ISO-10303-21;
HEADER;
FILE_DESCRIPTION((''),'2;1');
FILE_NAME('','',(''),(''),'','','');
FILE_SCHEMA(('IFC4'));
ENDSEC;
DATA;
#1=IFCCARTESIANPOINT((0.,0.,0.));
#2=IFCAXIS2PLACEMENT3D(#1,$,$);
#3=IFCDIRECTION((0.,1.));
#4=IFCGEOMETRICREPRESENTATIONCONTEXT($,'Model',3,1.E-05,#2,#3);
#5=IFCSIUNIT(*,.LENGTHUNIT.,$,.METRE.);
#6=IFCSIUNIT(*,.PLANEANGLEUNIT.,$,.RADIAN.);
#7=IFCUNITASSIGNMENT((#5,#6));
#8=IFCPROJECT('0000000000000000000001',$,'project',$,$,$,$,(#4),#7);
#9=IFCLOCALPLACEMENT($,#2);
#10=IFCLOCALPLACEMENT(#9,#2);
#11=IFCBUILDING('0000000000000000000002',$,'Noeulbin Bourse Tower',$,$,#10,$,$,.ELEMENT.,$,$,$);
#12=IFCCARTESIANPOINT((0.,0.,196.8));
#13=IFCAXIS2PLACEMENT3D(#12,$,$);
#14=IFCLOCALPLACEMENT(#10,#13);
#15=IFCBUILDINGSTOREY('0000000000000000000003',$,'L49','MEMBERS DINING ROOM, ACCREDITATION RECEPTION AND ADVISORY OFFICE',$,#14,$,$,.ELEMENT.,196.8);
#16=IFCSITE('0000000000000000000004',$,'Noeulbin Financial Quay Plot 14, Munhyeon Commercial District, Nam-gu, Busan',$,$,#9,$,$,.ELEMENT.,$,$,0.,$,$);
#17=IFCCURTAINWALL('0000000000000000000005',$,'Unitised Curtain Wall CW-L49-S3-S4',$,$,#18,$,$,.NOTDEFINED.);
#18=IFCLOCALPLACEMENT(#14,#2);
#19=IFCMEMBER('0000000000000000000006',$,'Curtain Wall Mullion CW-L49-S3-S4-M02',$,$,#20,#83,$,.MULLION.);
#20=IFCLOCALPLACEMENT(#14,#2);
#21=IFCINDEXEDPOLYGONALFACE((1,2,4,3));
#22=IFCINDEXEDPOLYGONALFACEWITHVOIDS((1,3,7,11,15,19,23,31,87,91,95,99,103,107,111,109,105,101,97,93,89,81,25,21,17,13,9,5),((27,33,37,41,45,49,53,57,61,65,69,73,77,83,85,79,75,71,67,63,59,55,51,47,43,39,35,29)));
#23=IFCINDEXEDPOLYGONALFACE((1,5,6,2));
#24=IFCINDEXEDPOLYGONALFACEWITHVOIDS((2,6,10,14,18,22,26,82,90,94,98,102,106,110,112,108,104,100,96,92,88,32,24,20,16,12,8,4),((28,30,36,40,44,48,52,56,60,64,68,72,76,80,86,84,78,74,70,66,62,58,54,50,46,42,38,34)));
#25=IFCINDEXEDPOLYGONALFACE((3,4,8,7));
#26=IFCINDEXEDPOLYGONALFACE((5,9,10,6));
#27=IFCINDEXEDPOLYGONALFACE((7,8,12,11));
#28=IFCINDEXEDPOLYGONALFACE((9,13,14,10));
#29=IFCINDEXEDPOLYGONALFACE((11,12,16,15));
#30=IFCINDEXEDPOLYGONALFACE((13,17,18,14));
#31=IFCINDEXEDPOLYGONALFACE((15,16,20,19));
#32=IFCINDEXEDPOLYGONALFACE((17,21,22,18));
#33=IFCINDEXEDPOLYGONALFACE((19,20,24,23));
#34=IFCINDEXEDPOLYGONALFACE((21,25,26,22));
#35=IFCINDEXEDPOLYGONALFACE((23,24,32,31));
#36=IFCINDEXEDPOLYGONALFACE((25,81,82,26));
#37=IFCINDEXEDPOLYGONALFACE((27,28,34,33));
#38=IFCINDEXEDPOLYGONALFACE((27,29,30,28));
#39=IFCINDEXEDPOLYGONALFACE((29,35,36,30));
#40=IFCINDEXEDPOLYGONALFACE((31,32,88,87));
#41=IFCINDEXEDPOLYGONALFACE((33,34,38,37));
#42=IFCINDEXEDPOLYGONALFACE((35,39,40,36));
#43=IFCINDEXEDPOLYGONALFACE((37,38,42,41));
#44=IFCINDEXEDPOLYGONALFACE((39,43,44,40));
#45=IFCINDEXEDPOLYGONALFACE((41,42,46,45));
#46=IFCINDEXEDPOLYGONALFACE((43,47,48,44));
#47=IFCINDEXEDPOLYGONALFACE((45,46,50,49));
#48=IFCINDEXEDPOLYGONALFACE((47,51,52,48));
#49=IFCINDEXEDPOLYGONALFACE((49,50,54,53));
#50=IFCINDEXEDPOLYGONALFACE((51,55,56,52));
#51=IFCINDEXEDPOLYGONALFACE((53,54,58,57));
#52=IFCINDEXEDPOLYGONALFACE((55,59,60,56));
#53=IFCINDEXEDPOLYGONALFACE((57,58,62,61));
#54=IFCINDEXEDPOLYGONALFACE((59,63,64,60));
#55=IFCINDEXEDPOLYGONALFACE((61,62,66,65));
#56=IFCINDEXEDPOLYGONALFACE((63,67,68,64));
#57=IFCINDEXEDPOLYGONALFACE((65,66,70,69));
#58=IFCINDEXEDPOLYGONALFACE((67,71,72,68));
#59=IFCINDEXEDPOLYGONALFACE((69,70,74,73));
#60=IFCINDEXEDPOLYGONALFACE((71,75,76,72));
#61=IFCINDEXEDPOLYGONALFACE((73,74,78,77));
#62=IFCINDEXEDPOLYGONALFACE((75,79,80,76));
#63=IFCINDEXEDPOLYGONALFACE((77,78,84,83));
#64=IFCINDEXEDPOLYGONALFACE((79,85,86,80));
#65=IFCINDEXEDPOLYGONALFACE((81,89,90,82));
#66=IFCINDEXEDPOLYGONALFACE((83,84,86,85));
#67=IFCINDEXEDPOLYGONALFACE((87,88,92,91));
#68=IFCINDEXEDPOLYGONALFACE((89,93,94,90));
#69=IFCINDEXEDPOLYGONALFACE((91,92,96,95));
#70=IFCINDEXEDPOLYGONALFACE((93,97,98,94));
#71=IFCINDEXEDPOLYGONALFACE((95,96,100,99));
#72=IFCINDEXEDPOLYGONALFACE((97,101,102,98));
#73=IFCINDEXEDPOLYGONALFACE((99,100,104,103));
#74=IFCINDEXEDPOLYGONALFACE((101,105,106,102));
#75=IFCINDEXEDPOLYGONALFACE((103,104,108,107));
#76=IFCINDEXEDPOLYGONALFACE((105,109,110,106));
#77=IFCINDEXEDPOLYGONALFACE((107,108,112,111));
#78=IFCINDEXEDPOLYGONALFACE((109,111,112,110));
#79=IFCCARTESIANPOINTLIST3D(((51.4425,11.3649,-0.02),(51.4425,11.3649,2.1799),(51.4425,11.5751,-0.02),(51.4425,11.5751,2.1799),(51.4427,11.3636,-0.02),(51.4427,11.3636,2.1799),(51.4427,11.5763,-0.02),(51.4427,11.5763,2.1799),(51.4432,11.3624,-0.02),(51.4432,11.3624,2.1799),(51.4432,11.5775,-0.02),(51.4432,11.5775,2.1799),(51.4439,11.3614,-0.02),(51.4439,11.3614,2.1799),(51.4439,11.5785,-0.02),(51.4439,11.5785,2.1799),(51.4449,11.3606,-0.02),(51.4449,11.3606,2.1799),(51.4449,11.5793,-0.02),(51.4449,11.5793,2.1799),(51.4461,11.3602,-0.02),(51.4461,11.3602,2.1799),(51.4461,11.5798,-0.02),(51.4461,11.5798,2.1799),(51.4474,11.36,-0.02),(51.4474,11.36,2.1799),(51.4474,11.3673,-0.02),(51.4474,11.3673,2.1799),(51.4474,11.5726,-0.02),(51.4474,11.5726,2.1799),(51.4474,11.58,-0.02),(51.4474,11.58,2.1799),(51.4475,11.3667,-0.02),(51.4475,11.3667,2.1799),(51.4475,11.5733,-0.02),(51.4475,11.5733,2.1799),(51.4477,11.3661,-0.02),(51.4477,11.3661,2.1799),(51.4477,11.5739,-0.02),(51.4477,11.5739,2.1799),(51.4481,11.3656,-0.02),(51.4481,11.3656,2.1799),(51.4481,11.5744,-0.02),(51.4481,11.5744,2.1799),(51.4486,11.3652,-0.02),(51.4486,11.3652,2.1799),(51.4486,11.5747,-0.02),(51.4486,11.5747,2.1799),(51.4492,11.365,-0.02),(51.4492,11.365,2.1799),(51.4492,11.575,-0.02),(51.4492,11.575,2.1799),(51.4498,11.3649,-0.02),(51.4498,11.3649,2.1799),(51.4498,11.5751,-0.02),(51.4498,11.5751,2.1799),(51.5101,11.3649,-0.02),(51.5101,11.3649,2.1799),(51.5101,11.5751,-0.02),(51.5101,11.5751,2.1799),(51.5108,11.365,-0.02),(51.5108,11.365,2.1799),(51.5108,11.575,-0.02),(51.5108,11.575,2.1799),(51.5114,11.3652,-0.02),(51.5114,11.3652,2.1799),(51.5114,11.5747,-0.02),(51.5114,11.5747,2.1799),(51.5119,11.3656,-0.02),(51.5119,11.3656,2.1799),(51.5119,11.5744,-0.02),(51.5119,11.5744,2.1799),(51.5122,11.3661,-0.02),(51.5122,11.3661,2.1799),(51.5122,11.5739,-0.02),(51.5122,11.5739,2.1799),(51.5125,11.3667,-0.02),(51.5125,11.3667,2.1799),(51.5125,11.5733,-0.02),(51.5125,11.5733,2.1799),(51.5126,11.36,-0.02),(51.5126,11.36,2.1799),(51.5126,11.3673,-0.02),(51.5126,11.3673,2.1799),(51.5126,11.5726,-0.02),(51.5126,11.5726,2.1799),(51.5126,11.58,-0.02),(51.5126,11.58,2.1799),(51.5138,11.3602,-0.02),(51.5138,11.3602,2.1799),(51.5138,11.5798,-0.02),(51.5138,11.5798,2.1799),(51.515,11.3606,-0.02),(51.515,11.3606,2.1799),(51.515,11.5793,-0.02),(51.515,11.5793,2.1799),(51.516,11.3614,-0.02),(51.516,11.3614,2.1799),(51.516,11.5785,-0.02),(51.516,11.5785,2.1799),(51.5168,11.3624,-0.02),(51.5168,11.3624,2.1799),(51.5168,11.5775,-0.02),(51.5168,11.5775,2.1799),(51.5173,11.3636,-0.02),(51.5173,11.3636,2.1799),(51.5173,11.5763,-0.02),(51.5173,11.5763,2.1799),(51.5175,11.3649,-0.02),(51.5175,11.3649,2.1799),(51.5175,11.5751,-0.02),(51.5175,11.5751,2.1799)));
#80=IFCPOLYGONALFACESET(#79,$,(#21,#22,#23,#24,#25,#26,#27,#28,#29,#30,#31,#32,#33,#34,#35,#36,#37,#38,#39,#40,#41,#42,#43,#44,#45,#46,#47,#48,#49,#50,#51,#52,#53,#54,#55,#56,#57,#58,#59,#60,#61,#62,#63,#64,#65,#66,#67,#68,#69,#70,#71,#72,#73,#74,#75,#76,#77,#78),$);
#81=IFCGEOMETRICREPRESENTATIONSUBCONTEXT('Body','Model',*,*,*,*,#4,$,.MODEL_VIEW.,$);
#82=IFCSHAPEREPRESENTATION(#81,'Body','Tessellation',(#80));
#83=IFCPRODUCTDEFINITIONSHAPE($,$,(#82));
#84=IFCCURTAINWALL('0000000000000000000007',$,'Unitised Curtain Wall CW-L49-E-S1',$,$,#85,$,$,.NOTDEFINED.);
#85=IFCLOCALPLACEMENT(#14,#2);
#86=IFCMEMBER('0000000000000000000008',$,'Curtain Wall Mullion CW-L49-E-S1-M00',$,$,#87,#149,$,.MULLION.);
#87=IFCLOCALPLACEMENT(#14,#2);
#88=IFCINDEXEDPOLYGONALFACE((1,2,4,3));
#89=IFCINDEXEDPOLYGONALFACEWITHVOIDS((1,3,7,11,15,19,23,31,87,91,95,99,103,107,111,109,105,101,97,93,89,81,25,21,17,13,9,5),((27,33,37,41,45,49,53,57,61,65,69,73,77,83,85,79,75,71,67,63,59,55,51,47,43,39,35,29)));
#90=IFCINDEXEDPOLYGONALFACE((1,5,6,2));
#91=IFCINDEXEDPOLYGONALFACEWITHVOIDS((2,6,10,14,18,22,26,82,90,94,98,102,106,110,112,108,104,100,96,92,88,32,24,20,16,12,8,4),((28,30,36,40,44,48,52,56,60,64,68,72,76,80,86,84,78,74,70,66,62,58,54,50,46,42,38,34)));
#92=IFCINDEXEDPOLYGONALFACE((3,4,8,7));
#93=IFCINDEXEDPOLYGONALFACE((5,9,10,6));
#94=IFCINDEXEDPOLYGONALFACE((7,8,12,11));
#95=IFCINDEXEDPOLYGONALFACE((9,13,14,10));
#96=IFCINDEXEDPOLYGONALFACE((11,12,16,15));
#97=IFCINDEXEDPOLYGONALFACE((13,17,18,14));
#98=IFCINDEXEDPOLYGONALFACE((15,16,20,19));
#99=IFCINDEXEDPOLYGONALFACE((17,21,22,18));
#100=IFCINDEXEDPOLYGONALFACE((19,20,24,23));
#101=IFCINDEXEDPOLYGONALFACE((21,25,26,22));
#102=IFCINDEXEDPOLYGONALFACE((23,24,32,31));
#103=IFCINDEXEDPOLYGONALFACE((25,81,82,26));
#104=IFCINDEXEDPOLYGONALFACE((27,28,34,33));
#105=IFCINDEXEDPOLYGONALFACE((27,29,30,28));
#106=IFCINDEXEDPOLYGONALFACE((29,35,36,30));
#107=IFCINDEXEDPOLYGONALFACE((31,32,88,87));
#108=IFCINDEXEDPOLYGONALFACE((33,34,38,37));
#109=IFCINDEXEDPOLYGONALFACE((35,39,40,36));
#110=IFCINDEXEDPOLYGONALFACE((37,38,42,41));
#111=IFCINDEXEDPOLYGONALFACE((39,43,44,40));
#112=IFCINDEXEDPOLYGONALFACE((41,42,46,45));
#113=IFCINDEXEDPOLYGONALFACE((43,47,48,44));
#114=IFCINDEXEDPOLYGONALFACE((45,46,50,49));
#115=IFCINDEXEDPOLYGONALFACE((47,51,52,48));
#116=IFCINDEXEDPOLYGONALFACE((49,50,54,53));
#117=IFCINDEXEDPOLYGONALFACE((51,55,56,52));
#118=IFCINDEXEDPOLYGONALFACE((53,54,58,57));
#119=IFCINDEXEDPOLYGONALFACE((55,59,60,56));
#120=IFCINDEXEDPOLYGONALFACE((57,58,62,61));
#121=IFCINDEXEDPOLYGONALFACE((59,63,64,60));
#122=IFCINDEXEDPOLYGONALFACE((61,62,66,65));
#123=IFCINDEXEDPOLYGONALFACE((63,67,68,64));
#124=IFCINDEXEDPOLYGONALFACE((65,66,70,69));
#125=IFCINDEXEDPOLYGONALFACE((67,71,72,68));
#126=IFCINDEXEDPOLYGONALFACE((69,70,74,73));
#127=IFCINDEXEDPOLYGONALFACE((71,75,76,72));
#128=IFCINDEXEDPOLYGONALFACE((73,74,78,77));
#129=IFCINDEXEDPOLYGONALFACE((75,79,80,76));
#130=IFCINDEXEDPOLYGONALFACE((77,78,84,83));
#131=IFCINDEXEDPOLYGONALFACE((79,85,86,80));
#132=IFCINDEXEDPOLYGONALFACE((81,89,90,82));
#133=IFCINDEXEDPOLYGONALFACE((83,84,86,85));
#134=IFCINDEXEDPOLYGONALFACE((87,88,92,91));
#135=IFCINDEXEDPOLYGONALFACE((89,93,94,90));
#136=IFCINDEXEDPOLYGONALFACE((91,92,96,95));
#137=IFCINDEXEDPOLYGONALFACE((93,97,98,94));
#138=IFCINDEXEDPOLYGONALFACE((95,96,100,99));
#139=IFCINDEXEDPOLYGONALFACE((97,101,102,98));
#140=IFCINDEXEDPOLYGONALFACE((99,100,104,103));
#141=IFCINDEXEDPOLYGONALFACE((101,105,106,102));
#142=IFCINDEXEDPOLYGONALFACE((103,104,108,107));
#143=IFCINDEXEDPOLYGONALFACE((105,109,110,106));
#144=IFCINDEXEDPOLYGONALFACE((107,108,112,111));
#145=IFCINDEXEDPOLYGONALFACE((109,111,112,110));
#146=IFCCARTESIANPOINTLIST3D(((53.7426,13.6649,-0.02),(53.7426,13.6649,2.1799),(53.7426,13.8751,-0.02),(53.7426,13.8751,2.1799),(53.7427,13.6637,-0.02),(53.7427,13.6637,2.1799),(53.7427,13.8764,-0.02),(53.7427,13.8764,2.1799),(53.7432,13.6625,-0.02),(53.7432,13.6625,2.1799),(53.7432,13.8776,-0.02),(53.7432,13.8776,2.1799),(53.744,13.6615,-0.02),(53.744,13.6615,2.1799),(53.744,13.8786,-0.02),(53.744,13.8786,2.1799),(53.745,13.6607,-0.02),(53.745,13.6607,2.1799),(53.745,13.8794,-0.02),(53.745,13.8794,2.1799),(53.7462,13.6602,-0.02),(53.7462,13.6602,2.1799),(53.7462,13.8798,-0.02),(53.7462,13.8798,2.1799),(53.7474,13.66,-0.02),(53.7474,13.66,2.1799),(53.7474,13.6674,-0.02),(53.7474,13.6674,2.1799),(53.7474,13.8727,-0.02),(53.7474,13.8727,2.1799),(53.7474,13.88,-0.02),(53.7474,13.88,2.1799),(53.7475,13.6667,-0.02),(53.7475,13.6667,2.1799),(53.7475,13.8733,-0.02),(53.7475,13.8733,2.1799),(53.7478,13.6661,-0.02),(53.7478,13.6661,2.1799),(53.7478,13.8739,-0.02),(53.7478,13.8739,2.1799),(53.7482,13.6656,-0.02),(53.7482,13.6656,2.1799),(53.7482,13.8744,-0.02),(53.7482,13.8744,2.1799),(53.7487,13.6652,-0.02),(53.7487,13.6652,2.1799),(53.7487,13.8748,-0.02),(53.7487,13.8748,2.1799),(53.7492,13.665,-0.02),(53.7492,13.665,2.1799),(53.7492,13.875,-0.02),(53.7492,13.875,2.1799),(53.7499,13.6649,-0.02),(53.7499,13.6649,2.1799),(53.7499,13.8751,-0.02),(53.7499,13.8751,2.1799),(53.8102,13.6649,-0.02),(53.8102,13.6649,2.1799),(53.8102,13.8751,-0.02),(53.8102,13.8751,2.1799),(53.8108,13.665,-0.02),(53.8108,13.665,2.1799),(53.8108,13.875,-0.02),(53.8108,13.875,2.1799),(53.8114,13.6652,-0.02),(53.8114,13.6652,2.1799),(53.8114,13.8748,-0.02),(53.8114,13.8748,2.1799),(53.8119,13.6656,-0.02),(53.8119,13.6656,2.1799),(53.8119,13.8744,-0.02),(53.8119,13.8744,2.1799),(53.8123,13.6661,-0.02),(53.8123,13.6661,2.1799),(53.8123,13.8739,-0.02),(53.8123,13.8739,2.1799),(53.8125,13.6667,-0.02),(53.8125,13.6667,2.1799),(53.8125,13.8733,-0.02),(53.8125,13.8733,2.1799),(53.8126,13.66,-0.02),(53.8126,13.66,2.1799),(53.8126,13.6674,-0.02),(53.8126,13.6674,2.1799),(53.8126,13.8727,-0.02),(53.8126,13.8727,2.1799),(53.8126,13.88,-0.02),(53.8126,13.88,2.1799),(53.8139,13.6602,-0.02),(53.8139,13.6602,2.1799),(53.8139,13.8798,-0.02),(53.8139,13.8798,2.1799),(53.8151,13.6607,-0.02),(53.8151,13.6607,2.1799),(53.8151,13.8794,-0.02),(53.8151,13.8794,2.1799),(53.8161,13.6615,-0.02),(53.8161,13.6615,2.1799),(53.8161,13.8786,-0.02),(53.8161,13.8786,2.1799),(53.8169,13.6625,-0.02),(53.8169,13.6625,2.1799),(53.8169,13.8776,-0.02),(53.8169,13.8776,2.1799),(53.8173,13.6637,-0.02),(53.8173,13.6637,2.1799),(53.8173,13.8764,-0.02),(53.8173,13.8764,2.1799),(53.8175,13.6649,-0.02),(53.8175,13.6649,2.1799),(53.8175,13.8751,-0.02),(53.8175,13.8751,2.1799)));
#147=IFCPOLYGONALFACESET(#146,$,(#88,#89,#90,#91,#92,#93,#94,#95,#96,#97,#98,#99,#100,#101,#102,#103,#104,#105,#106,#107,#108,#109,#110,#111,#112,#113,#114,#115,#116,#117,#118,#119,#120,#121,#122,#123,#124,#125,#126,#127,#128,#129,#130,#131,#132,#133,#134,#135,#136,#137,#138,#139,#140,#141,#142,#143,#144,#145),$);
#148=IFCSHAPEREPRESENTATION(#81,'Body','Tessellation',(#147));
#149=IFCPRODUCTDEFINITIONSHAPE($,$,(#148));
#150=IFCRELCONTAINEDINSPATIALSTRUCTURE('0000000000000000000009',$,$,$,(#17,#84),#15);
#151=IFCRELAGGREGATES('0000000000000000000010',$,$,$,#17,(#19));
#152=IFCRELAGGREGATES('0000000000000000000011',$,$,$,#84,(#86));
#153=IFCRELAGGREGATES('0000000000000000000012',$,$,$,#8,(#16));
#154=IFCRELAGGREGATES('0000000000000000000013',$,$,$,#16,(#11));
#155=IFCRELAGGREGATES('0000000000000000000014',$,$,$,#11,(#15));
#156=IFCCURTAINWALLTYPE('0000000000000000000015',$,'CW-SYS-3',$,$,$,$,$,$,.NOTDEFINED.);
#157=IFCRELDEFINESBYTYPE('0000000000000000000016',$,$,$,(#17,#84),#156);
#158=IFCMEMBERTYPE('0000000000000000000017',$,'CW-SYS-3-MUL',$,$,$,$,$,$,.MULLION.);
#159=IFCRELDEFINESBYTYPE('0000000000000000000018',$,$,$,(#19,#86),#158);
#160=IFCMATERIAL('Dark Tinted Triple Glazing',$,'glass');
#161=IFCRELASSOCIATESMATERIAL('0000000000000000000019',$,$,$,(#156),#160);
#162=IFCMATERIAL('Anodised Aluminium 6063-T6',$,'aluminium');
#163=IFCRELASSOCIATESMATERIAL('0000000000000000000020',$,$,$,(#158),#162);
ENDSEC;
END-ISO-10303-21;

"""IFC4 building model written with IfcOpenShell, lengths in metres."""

from ifc_helpers import new_model, si_unit, direction, frame, origin, origin_2d, place, context, subcontext, project, spatial, hollow_rectangle, extrude, material, material_profile, profile_set, type_object, element, aggregate, save


model = new_model("IFC4")

# Units and contexts
model_context = context("Model", 3, precision=1e-05, world=origin(), true_north=direction((0.0, 1.0)))
body_context = subcontext(model_context, "Body", "Model", "MODEL_VIEW")
ifc_project = project(units=[si_unit("LENGTHUNIT", "METRE"), si_unit("PLANEANGLEUNIT", "RADIAN")], contexts=[model_context])

# Site, building, storey
site_placement = place(None, origin())
site = spatial("IfcSite", under=ifc_project, at=site_placement, Name="Noeulbin Financial Quay Plot 14, Munhyeon Commercial District, Nam-gu, Busan", CompositionType="ELEMENT", RefElevation=0.0)
building_placement = place(site_placement, origin())
building = spatial("IfcBuilding", under=site, at=building_placement, Name="Noeulbin Bourse Tower", CompositionType="ELEMENT")
storey_placement = place(building_placement, frame((0.0, 0.0, 196.8)))
storey = spatial("IfcBuildingStorey", under=building, at=storey_placement, Name="L49", Description="MEMBERS DINING ROOM, ACCREDITATION RECEPTION AND ADVISORY OFFICE", CompositionType="ELEMENT", Elevation=196.8)

# Curtain walls, members
ifc_material_1 = material(Name="Dark Tinted Triple Glazing", Category="glass")
curtain_wall_type = type_object("IfcCurtainWallType", Name="CW-SYS-3", PredefinedType="NOTDEFINED", material=ifc_material_1)
curtain_wall_1_placement = place(storey_placement, origin())
curtain_wall_1 = element("IfcCurtainWall", 1, at=curtain_wall_1_placement, inside=storey, type_object=curtain_wall_type, Name="Unitised Curtain Wall CW-L49-S3-S4", PredefinedType="NOTDEFINED")
ifc_material_2 = material(Name="Anodised Aluminium 6063-T6", Category="aluminium")
ifc_material_profile_1 = material_profile(ifc_material_2, hollow_rectangle(XDim=0.075, YDim=0.22, WallThickness=0.0049, InnerFilletRadius=0.0024, OuterFilletRadius=0.0049, at=origin_2d()), Name="ALU-MULL-75x220x5", Category="LoadBearing")
ifc_profile_set_1 = profile_set([ifc_material_profile_1], Name="Anodised Aluminium 6063-T6")
member_type_1 = type_object("IfcMemberType", Name="CW-SYS-3-MUL", PredefinedType="MULLION", material=ifc_profile_set_1)
member_1_placement = place(storey_placement, frame((51.48, 11.47, -0.02), z_axis=(0.0, 0.0, 1.0), x_axis=(1.0, 0.0, 0.0)))
member_1 = element("IfcMember", 2, at=member_1_placement, type_object=member_type_1, Name="Curtain Wall Mullion CW-L49-S3-S4-M02", PredefinedType="MULLION", context=body_context, shape_type="SweptSolid", body=[
    extrude(hollow_rectangle(XDim=0.075, YDim=0.22, WallThickness=0.0049, InnerFilletRadius=0.0024, OuterFilletRadius=0.0049, at=origin_2d()), origin(), (0.0, 0.0, 1.0), 2.2),
])
curtain_wall_2_placement = place(storey_placement, origin())
curtain_wall_2 = element("IfcCurtainWall", 3, at=curtain_wall_2_placement, inside=storey, type_object=curtain_wall_type, Name="Unitised Curtain Wall CW-L49-E-S1", PredefinedType="NOTDEFINED")
member_2_placement = place(storey_placement, frame((53.78, 13.77, -0.02), z_axis=(0.0, 0.0, 1.0), x_axis=(1.0, 0.0, 0.0)))
member_2 = element("IfcMember", 4, at=member_2_placement, type_object=member_type_1, Name="Curtain Wall Mullion CW-L49-E-S1-M00", PredefinedType="MULLION", context=body_context, shape_type="SweptSolid", body=[
    extrude(hollow_rectangle(XDim=0.075, YDim=0.22, WallThickness=0.0049, InnerFilletRadius=0.0024, OuterFilletRadius=0.0049, at=origin_2d()), origin(), (0.0, 0.0, 1.0), 2.2),
])

aggregate(curtain_wall_1, [member_1])
aggregate(curtain_wall_2, [member_2])

save(model, "model.ifc")
